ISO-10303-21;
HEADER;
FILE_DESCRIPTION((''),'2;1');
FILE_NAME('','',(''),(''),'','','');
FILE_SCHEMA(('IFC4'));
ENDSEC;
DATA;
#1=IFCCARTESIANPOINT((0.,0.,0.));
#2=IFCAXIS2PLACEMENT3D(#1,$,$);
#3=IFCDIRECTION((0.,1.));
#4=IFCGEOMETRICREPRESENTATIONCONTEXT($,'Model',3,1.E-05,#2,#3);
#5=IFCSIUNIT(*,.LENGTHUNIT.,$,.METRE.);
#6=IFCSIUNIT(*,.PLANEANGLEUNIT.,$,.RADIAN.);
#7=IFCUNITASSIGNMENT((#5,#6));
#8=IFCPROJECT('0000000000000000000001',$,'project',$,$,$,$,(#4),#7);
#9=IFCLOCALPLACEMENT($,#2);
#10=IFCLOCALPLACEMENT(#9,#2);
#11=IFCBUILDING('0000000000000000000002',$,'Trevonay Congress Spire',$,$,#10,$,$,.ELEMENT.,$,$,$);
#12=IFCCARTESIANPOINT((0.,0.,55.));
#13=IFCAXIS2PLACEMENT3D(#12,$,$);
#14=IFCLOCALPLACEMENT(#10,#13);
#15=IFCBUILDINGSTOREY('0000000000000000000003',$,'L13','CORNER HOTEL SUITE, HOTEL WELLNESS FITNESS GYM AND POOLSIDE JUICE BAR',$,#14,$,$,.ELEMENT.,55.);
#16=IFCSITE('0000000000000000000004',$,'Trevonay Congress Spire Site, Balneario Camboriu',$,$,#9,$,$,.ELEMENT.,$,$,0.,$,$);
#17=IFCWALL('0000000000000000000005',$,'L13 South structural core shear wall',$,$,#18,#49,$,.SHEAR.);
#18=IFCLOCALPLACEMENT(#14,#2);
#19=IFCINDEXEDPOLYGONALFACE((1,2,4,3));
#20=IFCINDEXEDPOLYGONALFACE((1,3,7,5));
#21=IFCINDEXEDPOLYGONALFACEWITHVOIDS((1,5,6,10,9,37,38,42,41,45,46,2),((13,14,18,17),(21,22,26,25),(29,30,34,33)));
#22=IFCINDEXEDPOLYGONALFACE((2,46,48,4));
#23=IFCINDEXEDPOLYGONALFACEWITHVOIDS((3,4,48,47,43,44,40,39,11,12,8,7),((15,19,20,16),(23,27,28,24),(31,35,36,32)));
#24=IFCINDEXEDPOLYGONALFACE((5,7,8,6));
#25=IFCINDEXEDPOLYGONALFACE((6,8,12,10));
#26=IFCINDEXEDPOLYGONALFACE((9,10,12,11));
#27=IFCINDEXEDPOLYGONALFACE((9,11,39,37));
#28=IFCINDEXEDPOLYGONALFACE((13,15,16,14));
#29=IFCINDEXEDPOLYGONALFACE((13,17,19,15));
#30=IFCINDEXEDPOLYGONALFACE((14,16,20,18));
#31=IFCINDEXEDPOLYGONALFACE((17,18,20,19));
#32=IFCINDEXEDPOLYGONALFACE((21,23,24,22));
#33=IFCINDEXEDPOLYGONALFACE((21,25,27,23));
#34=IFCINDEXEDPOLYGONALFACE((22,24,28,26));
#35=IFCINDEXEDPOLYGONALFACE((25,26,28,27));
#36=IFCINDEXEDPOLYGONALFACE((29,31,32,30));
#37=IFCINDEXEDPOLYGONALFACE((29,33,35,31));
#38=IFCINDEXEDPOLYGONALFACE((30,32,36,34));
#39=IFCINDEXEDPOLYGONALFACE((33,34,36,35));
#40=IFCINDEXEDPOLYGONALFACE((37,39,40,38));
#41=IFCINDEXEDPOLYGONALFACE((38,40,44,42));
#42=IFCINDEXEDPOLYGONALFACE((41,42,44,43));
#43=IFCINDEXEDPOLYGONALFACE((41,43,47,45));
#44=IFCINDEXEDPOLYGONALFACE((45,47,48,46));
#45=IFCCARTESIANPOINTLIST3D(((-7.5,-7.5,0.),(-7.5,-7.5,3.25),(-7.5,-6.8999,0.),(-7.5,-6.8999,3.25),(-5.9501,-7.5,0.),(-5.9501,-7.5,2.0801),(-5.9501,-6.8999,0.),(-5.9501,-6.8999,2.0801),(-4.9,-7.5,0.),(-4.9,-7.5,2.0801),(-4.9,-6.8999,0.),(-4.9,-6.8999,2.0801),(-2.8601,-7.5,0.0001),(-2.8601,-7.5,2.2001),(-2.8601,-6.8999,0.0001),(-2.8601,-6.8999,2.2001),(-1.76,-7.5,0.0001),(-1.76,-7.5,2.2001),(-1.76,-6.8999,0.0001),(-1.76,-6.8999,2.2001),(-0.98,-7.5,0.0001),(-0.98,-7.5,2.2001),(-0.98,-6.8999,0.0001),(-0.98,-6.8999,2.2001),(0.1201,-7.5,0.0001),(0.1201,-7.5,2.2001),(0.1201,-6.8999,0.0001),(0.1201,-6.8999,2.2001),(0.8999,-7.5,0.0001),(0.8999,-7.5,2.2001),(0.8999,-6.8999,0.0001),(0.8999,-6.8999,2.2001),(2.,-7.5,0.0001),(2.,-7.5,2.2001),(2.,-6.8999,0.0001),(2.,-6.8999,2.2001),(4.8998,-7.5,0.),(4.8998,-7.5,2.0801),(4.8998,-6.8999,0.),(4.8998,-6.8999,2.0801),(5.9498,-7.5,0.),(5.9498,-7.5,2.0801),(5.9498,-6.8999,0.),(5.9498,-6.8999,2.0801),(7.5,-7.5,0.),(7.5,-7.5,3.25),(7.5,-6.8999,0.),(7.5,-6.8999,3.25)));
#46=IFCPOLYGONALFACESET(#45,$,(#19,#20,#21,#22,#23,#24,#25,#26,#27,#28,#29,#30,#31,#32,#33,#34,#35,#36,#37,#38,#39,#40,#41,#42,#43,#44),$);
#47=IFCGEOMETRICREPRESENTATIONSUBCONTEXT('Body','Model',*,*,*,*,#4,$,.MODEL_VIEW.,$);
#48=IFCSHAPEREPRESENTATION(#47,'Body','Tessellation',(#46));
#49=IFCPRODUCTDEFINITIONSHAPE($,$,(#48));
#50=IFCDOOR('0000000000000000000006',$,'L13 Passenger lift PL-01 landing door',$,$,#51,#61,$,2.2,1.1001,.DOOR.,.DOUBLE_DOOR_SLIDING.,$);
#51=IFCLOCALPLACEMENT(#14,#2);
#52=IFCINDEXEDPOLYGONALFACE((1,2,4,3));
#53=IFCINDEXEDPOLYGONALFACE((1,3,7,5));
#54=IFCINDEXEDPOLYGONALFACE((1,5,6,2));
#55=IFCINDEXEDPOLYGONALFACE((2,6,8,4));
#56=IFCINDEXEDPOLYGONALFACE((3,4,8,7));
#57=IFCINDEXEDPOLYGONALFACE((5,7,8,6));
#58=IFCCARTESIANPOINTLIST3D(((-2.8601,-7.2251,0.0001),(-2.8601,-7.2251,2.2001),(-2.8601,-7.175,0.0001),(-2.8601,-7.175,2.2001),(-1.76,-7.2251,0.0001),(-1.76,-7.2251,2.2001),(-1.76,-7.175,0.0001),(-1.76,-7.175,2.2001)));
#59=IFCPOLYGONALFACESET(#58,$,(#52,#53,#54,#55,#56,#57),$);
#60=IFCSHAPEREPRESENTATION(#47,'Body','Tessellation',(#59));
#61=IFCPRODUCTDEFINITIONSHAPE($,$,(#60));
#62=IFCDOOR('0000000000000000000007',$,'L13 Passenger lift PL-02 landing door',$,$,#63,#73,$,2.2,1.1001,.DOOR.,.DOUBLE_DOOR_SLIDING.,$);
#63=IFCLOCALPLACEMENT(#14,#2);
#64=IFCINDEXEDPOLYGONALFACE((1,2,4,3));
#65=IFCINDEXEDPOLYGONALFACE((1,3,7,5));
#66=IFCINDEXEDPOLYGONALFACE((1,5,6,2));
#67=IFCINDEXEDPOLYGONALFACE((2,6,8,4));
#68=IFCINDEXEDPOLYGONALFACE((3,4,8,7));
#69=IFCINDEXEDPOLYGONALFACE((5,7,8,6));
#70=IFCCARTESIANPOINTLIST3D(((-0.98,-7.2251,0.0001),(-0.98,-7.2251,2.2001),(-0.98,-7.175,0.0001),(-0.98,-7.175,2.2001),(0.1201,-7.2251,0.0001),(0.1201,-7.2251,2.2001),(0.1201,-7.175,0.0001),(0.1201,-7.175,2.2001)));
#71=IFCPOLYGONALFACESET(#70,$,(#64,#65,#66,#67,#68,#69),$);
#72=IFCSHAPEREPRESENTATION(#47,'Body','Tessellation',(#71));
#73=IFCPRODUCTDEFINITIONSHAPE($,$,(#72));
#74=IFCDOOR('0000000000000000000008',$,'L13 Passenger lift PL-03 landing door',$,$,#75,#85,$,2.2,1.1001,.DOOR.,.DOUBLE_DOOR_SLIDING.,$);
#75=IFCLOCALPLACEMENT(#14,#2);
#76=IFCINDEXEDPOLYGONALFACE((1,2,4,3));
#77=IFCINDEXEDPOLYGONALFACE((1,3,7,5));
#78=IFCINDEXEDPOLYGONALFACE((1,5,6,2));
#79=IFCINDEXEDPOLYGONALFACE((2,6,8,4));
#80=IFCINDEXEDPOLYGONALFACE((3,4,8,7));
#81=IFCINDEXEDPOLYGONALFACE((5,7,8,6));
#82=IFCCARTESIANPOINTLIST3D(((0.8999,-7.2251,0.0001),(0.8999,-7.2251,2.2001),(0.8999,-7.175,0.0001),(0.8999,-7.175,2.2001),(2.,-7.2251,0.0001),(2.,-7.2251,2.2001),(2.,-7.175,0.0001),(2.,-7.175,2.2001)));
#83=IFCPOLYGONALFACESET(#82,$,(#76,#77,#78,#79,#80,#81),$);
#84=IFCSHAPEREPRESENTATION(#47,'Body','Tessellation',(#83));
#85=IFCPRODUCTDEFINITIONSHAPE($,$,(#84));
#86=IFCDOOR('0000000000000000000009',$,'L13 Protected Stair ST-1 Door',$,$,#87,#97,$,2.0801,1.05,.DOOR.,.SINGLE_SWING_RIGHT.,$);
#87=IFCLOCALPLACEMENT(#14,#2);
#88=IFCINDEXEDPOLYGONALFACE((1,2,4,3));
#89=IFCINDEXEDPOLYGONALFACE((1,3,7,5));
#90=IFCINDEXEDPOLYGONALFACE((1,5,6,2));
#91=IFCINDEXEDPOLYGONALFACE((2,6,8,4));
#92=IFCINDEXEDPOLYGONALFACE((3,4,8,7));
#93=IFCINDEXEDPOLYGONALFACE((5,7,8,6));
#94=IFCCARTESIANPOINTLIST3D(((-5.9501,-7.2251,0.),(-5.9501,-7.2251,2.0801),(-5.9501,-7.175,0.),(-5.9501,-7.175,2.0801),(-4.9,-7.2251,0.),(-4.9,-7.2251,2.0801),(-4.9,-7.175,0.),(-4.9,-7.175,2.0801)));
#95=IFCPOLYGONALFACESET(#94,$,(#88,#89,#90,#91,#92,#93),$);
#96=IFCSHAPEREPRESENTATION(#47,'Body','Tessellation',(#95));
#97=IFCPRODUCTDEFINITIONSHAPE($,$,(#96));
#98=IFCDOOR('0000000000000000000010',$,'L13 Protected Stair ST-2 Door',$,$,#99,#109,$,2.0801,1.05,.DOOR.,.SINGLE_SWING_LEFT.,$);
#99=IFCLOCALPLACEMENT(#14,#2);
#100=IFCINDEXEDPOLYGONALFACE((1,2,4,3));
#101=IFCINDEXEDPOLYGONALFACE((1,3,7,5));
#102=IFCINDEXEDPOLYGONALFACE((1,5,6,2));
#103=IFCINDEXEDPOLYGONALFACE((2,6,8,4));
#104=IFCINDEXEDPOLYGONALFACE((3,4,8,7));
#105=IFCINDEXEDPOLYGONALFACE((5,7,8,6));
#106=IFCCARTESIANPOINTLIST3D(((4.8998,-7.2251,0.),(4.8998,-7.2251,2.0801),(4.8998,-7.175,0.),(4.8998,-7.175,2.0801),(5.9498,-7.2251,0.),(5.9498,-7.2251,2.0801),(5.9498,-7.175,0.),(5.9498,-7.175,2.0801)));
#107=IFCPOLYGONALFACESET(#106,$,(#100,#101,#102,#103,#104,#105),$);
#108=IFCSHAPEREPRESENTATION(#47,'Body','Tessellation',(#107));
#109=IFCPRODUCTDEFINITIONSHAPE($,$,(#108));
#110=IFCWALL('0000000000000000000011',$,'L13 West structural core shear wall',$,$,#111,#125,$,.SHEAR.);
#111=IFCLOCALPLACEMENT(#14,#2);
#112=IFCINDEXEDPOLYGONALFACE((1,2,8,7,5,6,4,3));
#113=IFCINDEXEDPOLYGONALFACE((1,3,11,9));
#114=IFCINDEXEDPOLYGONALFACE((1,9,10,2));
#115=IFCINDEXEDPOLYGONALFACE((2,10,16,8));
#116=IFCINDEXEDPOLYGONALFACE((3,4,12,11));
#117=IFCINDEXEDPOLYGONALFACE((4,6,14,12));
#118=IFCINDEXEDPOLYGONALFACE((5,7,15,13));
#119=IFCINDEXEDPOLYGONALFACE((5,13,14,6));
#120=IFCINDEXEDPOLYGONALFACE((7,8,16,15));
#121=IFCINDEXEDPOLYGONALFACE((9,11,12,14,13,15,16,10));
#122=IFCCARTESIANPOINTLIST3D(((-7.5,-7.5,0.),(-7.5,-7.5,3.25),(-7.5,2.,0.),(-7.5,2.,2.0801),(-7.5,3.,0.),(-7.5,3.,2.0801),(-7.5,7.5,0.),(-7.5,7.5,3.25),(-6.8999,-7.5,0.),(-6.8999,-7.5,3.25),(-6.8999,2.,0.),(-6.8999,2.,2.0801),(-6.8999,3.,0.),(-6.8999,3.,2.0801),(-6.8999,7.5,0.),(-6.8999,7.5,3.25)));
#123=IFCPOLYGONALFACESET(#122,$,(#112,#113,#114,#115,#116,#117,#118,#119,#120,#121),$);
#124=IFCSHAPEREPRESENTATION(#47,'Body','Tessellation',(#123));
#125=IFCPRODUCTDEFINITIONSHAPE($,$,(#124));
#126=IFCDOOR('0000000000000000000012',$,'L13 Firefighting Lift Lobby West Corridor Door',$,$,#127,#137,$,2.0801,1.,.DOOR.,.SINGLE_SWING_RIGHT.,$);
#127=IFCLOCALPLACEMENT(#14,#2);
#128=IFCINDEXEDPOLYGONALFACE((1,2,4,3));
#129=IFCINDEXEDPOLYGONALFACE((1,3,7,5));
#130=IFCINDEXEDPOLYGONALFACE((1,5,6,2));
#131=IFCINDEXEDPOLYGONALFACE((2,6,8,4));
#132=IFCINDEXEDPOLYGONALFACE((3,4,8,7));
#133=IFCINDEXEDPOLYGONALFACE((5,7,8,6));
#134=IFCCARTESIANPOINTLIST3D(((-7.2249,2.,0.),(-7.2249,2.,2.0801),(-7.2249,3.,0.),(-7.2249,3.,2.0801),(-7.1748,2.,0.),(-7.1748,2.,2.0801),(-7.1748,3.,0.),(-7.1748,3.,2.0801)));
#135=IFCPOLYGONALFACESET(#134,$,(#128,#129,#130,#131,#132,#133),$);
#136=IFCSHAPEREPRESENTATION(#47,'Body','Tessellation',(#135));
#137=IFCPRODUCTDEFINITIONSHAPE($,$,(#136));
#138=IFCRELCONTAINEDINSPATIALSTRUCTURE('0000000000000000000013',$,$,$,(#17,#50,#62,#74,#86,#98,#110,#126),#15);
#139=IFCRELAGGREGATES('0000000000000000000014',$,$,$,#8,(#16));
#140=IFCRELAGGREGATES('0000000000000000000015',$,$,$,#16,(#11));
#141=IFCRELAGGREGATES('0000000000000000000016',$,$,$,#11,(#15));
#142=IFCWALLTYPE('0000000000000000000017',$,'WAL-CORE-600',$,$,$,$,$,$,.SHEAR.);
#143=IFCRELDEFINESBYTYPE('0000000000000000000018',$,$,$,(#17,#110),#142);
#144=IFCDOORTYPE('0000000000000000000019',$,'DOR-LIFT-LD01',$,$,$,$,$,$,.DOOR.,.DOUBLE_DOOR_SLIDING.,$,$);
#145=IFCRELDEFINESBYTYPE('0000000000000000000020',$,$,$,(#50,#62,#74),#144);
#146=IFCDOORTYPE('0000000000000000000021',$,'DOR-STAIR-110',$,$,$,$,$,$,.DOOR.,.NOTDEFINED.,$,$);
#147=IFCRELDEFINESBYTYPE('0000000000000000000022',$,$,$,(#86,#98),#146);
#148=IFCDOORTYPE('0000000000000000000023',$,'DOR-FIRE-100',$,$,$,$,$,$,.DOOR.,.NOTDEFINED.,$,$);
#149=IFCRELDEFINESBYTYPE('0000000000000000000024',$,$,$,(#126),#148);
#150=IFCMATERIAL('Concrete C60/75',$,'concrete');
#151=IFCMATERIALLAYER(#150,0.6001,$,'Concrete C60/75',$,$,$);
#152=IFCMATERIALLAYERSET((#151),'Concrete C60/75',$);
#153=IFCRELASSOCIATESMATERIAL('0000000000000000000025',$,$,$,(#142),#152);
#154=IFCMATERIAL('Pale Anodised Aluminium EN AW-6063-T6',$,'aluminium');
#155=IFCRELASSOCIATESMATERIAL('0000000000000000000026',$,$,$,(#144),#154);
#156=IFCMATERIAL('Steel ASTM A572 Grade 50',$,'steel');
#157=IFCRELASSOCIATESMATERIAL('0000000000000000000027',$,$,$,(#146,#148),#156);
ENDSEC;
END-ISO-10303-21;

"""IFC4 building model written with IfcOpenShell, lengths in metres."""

from ifc_helpers import new_model, si_unit, direction, frame, frame_2d, origin, place, context, subcontext, project, spatial, rectangle, extrude, material, layer, layer_set, type_object, element, fill, save


model = new_model("IFC4")

# Units and contexts
model_context = context("Model", 3, precision=1e-05, world=origin(), true_north=direction((0.0, 1.0)))
body_context = subcontext(model_context, "Body", "Model", "MODEL_VIEW")
ifc_project = project(units=[si_unit("LENGTHUNIT", "METRE"), si_unit("PLANEANGLEUNIT", "RADIAN")], contexts=[model_context])

# Site, building, storey
site_placement = place(None, origin())
site = spatial("IfcSite", under=ifc_project, at=site_placement, Name="Trevonay Congress Spire Site, Balneario Camboriu", CompositionType="ELEMENT", RefElevation=0.0)
building_placement = place(site_placement, origin())
building = spatial("IfcBuilding", under=site, at=building_placement, Name="Trevonay Congress Spire", CompositionType="ELEMENT")
storey_placement = place(building_placement, frame((0.0, 0.0, 55.0)))
storey = spatial("IfcBuildingStorey", under=building, at=storey_placement, Name="L13", Description="CORNER HOTEL SUITE, HOTEL WELLNESS FITNESS GYM AND POOLSIDE JUICE BAR", CompositionType="ELEMENT", Elevation=55.0)

# Shared definitions
ifc_material_1 = material(Name="Steel ASTM A572 Grade 50", Category="steel")

# Wall, openings, doors
ifc_material_2 = material(Name="Concrete C60/75", Category="concrete")
ifc_layer = layer(ifc_material_2, 0.6001, Name="Concrete C60/75")
ifc_layer_set = layer_set([ifc_layer], Name="Concrete C60/75")
wall_type = type_object("IfcWallType", Name="WAL-CORE-600", PredefinedType="SHEAR", material=ifc_layer_set)
wall_1_placement = place(storey_placement, frame((-7.5, -7.2, 0.0), z_axis=(0.0, 0.0, 1.0), x_axis=(1.0, 0.0, 0.0)))
wall_1 = element("IfcWall", 1, at=wall_1_placement, inside=storey, type_object=wall_type, Name="L13 South structural core shear wall", PredefinedType="SHEAR", context=body_context, shape_type="SweptSolid", body=[
    extrude(rectangle(XDim=15.0, YDim=0.6001, at=frame_2d((7.5, 0.0))), origin(), (0.0, 0.0, 1.0), 3.25),
])
opening_1_placement = place(wall_1_placement, frame((1.55, 0.0, 0.0)))
opening_1 = element("IfcOpeningElement", 2, at=opening_1_placement, cuts=wall_1, PredefinedType="OPENING", context=body_context, shape_type="SweptSolid", body=[
    extrude(rectangle(XDim=1.05, YDim=2.0801, at=frame_2d((0.5249, 1.04))), frame((0.0, 0.3101, 0.0), z_axis=(0.0, -1.0, 0.0), x_axis=(1.0, 0.0, 0.0)), (0.0, 0.0, 1.0), 0.6201),
])
opening_2_placement = place(wall_1_placement, frame((12.3999, 0.0, 0.0)))
opening_2 = element("IfcOpeningElement", 3, at=opening_2_placement, cuts=wall_1, PredefinedType="OPENING", context=body_context, shape_type="SweptSolid", body=[
    extrude(rectangle(XDim=1.05, YDim=2.0801, at=frame_2d((0.5249, 1.04))), frame((0.0, 0.3101, 0.0), z_axis=(0.0, -1.0, 0.0), x_axis=(1.0, 0.0, 0.0)), (0.0, 0.0, 1.0), 0.6201),
])
opening_3_placement = place(wall_1_placement, frame((4.6399, 0.0, 0.0)))
opening_3 = element("IfcOpeningElement", 4, at=opening_3_placement, cuts=wall_1, PredefinedType="OPENING", context=body_context, shape_type="SweptSolid", body=[
    extrude(rectangle(XDim=1.1001, YDim=2.2, at=frame_2d((0.55, 1.1001))), frame((0.0, 0.3101, 0.0), z_axis=(0.0, -1.0, 0.0), x_axis=(1.0, 0.0, 0.0)), (0.0, 0.0, 1.0), 0.6201),
])
opening_4_placement = place(wall_1_placement, frame((6.52, 0.0, 0.0)))
opening_4 = element("IfcOpeningElement", 5, at=opening_4_placement, cuts=wall_1, PredefinedType="OPENING", context=body_context, shape_type="SweptSolid", body=[
    extrude(rectangle(XDim=1.1001, YDim=2.2, at=frame_2d((0.55, 1.1001))), frame((0.0, 0.3101, 0.0), z_axis=(0.0, -1.0, 0.0), x_axis=(1.0, 0.0, 0.0)), (0.0, 0.0, 1.0), 0.6201),
])
opening_5_placement = place(wall_1_placement, frame((8.3999, 0.0, 0.0)))
opening_5 = element("IfcOpeningElement", 6, at=opening_5_placement, cuts=wall_1, PredefinedType="OPENING", context=body_context, shape_type="SweptSolid", body=[
    extrude(rectangle(XDim=1.1001, YDim=2.2, at=frame_2d((0.55, 1.1001))), frame((0.0, 0.3101, 0.0), z_axis=(0.0, -1.0, 0.0), x_axis=(1.0, 0.0, 0.0)), (0.0, 0.0, 1.0), 0.6201),
])
ifc_material_3 = material(Name="Pale Anodised Aluminium EN AW-6063-T6", Category="aluminium")
door_type_1 = type_object("IfcDoorType", Name="DOR-LIFT-LD01", OperationType="DOUBLE_DOOR_SLIDING", PredefinedType="DOOR", material=ifc_material_3)
door_1_placement = place(opening_3_placement, origin())
door_1 = element("IfcDoor", 7, at=door_1_placement, inside=storey, type_object=door_type_1, Name="L13 Passenger lift PL-01 landing door", OperationType="DOUBLE_DOOR_SLIDING", OverallHeight=2.2, OverallWidth=1.1001, PredefinedType="DOOR", context=body_context, shape_type="SweptSolid", body=[
    extrude(rectangle(XDim=1.1001, YDim=2.2, at=frame_2d((0.55, 1.1001))), frame((0.0, 0.0249, 0.0), z_axis=(0.0, -1.0, 0.0), x_axis=(1.0, 0.0, 0.0)), (0.0, 0.0, 1.0), 0.05),
])
fill(opening_3, door_1)
door_2_placement = place(opening_4_placement, origin())
door_2 = element("IfcDoor", 8, at=door_2_placement, inside=storey, type_object=door_type_1, Name="L13 Passenger lift PL-02 landing door", OperationType="DOUBLE_DOOR_SLIDING", OverallHeight=2.2, OverallWidth=1.1001, PredefinedType="DOOR", context=body_context, shape_type="SweptSolid", body=[
    extrude(rectangle(XDim=1.1001, YDim=2.2, at=frame_2d((0.55, 1.1001))), frame((0.0, 0.0249, 0.0), z_axis=(0.0, -1.0, 0.0), x_axis=(1.0, 0.0, 0.0)), (0.0, 0.0, 1.0), 0.05),
])
fill(opening_4, door_2)
door_3_placement = place(opening_5_placement, origin())
door_3 = element("IfcDoor", 9, at=door_3_placement, inside=storey, type_object=door_type_1, Name="L13 Passenger lift PL-03 landing door", OperationType="DOUBLE_DOOR_SLIDING", OverallHeight=2.2, OverallWidth=1.1001, PredefinedType="DOOR", context=body_context, shape_type="SweptSolid", body=[
    extrude(rectangle(XDim=1.1001, YDim=2.2, at=frame_2d((0.55, 1.1001))), frame((0.0, 0.0249, 0.0), z_axis=(0.0, -1.0, 0.0), x_axis=(1.0, 0.0, 0.0)), (0.0, 0.0, 1.0), 0.05),
])
fill(opening_5, door_3)
door_type_2 = type_object("IfcDoorType", Name="DOR-STAIR-110", OperationType="NOTDEFINED", PredefinedType="DOOR", material=ifc_material_1)
door_4_placement = place(opening_1_placement, origin())
door_4 = element("IfcDoor", 10, at=door_4_placement, inside=storey, type_object=door_type_2, Name="L13 Protected Stair ST-1 Door", OperationType="SINGLE_SWING_RIGHT", OverallHeight=2.0801, OverallWidth=1.05, PredefinedType="DOOR", context=body_context, shape_type="SweptSolid", body=[
    extrude(rectangle(XDim=1.05, YDim=2.0801, at=frame_2d((0.5249, 1.04))), frame((0.0, 0.0249, 0.0), z_axis=(0.0, -1.0, 0.0), x_axis=(1.0, 0.0, 0.0)), (0.0, 0.0, 1.0), 0.05),
])
fill(opening_1, door_4)
door_5_placement = place(opening_2_placement, origin())
door_5 = element("IfcDoor", 11, at=door_5_placement, inside=storey, type_object=door_type_2, Name="L13 Protected Stair ST-2 Door", OperationType="SINGLE_SWING_LEFT", OverallHeight=2.0801, OverallWidth=1.05, PredefinedType="DOOR", context=body_context, shape_type="SweptSolid", body=[
    extrude(rectangle(XDim=1.05, YDim=2.0801, at=frame_2d((0.5249, 1.04))), frame((0.0, 0.0249, 0.0), z_axis=(0.0, -1.0, 0.0), x_axis=(1.0, 0.0, 0.0)), (0.0, 0.0, 1.0), 0.05),
])
fill(opening_2, door_5)

# Wall, opening, door
wall_2_placement = place(storey_placement, frame((-7.2, -7.5, 0.0), z_axis=(0.0, 0.0, 1.0), x_axis=(0.0, 1.0, 0.0)))
wall_2 = element("IfcWall", 12, at=wall_2_placement, inside=storey, type_object=wall_type, Name="L13 West structural core shear wall", PredefinedType="SHEAR", context=body_context, shape_type="SweptSolid", body=[
    extrude(rectangle(XDim=15.0, YDim=0.6001, at=frame_2d((7.5, 0.0))), origin(), (0.0, 0.0, 1.0), 3.25),
])
opening_6_placement = place(wall_2_placement, frame((9.5, 0.0, 0.0)))
opening_6 = element("IfcOpeningElement", 13, at=opening_6_placement, cuts=wall_2, PredefinedType="OPENING", context=body_context, shape_type="SweptSolid", body=[
    extrude(rectangle(XDim=1.0, YDim=2.0801, at=frame_2d((0.5, 1.04))), frame((0.0, 0.3101, 0.0), z_axis=(0.0, -1.0, 0.0), x_axis=(1.0, 0.0, 0.0)), (0.0, 0.0, 1.0), 0.6201),
])
door_type_3 = type_object("IfcDoorType", Name="DOR-FIRE-100", OperationType="NOTDEFINED", PredefinedType="DOOR", material=ifc_material_1)
door_6_placement = place(opening_6_placement, origin())
door_6 = element("IfcDoor", 14, at=door_6_placement, inside=storey, type_object=door_type_3, Name="L13 Firefighting Lift Lobby West Corridor Door", OperationType="SINGLE_SWING_RIGHT", OverallHeight=2.0801, OverallWidth=1.0, PredefinedType="DOOR", context=body_context, shape_type="SweptSolid", body=[
    extrude(rectangle(XDim=1.0, YDim=2.0801, at=frame_2d((0.5, 1.04))), frame((0.0, 0.0249, 0.0), z_axis=(0.0, -1.0, 0.0), x_axis=(1.0, 0.0, 0.0)), (0.0, 0.0, 1.0), 0.05),
])
fill(opening_6, door_6)

save(model, "model.ifc")
